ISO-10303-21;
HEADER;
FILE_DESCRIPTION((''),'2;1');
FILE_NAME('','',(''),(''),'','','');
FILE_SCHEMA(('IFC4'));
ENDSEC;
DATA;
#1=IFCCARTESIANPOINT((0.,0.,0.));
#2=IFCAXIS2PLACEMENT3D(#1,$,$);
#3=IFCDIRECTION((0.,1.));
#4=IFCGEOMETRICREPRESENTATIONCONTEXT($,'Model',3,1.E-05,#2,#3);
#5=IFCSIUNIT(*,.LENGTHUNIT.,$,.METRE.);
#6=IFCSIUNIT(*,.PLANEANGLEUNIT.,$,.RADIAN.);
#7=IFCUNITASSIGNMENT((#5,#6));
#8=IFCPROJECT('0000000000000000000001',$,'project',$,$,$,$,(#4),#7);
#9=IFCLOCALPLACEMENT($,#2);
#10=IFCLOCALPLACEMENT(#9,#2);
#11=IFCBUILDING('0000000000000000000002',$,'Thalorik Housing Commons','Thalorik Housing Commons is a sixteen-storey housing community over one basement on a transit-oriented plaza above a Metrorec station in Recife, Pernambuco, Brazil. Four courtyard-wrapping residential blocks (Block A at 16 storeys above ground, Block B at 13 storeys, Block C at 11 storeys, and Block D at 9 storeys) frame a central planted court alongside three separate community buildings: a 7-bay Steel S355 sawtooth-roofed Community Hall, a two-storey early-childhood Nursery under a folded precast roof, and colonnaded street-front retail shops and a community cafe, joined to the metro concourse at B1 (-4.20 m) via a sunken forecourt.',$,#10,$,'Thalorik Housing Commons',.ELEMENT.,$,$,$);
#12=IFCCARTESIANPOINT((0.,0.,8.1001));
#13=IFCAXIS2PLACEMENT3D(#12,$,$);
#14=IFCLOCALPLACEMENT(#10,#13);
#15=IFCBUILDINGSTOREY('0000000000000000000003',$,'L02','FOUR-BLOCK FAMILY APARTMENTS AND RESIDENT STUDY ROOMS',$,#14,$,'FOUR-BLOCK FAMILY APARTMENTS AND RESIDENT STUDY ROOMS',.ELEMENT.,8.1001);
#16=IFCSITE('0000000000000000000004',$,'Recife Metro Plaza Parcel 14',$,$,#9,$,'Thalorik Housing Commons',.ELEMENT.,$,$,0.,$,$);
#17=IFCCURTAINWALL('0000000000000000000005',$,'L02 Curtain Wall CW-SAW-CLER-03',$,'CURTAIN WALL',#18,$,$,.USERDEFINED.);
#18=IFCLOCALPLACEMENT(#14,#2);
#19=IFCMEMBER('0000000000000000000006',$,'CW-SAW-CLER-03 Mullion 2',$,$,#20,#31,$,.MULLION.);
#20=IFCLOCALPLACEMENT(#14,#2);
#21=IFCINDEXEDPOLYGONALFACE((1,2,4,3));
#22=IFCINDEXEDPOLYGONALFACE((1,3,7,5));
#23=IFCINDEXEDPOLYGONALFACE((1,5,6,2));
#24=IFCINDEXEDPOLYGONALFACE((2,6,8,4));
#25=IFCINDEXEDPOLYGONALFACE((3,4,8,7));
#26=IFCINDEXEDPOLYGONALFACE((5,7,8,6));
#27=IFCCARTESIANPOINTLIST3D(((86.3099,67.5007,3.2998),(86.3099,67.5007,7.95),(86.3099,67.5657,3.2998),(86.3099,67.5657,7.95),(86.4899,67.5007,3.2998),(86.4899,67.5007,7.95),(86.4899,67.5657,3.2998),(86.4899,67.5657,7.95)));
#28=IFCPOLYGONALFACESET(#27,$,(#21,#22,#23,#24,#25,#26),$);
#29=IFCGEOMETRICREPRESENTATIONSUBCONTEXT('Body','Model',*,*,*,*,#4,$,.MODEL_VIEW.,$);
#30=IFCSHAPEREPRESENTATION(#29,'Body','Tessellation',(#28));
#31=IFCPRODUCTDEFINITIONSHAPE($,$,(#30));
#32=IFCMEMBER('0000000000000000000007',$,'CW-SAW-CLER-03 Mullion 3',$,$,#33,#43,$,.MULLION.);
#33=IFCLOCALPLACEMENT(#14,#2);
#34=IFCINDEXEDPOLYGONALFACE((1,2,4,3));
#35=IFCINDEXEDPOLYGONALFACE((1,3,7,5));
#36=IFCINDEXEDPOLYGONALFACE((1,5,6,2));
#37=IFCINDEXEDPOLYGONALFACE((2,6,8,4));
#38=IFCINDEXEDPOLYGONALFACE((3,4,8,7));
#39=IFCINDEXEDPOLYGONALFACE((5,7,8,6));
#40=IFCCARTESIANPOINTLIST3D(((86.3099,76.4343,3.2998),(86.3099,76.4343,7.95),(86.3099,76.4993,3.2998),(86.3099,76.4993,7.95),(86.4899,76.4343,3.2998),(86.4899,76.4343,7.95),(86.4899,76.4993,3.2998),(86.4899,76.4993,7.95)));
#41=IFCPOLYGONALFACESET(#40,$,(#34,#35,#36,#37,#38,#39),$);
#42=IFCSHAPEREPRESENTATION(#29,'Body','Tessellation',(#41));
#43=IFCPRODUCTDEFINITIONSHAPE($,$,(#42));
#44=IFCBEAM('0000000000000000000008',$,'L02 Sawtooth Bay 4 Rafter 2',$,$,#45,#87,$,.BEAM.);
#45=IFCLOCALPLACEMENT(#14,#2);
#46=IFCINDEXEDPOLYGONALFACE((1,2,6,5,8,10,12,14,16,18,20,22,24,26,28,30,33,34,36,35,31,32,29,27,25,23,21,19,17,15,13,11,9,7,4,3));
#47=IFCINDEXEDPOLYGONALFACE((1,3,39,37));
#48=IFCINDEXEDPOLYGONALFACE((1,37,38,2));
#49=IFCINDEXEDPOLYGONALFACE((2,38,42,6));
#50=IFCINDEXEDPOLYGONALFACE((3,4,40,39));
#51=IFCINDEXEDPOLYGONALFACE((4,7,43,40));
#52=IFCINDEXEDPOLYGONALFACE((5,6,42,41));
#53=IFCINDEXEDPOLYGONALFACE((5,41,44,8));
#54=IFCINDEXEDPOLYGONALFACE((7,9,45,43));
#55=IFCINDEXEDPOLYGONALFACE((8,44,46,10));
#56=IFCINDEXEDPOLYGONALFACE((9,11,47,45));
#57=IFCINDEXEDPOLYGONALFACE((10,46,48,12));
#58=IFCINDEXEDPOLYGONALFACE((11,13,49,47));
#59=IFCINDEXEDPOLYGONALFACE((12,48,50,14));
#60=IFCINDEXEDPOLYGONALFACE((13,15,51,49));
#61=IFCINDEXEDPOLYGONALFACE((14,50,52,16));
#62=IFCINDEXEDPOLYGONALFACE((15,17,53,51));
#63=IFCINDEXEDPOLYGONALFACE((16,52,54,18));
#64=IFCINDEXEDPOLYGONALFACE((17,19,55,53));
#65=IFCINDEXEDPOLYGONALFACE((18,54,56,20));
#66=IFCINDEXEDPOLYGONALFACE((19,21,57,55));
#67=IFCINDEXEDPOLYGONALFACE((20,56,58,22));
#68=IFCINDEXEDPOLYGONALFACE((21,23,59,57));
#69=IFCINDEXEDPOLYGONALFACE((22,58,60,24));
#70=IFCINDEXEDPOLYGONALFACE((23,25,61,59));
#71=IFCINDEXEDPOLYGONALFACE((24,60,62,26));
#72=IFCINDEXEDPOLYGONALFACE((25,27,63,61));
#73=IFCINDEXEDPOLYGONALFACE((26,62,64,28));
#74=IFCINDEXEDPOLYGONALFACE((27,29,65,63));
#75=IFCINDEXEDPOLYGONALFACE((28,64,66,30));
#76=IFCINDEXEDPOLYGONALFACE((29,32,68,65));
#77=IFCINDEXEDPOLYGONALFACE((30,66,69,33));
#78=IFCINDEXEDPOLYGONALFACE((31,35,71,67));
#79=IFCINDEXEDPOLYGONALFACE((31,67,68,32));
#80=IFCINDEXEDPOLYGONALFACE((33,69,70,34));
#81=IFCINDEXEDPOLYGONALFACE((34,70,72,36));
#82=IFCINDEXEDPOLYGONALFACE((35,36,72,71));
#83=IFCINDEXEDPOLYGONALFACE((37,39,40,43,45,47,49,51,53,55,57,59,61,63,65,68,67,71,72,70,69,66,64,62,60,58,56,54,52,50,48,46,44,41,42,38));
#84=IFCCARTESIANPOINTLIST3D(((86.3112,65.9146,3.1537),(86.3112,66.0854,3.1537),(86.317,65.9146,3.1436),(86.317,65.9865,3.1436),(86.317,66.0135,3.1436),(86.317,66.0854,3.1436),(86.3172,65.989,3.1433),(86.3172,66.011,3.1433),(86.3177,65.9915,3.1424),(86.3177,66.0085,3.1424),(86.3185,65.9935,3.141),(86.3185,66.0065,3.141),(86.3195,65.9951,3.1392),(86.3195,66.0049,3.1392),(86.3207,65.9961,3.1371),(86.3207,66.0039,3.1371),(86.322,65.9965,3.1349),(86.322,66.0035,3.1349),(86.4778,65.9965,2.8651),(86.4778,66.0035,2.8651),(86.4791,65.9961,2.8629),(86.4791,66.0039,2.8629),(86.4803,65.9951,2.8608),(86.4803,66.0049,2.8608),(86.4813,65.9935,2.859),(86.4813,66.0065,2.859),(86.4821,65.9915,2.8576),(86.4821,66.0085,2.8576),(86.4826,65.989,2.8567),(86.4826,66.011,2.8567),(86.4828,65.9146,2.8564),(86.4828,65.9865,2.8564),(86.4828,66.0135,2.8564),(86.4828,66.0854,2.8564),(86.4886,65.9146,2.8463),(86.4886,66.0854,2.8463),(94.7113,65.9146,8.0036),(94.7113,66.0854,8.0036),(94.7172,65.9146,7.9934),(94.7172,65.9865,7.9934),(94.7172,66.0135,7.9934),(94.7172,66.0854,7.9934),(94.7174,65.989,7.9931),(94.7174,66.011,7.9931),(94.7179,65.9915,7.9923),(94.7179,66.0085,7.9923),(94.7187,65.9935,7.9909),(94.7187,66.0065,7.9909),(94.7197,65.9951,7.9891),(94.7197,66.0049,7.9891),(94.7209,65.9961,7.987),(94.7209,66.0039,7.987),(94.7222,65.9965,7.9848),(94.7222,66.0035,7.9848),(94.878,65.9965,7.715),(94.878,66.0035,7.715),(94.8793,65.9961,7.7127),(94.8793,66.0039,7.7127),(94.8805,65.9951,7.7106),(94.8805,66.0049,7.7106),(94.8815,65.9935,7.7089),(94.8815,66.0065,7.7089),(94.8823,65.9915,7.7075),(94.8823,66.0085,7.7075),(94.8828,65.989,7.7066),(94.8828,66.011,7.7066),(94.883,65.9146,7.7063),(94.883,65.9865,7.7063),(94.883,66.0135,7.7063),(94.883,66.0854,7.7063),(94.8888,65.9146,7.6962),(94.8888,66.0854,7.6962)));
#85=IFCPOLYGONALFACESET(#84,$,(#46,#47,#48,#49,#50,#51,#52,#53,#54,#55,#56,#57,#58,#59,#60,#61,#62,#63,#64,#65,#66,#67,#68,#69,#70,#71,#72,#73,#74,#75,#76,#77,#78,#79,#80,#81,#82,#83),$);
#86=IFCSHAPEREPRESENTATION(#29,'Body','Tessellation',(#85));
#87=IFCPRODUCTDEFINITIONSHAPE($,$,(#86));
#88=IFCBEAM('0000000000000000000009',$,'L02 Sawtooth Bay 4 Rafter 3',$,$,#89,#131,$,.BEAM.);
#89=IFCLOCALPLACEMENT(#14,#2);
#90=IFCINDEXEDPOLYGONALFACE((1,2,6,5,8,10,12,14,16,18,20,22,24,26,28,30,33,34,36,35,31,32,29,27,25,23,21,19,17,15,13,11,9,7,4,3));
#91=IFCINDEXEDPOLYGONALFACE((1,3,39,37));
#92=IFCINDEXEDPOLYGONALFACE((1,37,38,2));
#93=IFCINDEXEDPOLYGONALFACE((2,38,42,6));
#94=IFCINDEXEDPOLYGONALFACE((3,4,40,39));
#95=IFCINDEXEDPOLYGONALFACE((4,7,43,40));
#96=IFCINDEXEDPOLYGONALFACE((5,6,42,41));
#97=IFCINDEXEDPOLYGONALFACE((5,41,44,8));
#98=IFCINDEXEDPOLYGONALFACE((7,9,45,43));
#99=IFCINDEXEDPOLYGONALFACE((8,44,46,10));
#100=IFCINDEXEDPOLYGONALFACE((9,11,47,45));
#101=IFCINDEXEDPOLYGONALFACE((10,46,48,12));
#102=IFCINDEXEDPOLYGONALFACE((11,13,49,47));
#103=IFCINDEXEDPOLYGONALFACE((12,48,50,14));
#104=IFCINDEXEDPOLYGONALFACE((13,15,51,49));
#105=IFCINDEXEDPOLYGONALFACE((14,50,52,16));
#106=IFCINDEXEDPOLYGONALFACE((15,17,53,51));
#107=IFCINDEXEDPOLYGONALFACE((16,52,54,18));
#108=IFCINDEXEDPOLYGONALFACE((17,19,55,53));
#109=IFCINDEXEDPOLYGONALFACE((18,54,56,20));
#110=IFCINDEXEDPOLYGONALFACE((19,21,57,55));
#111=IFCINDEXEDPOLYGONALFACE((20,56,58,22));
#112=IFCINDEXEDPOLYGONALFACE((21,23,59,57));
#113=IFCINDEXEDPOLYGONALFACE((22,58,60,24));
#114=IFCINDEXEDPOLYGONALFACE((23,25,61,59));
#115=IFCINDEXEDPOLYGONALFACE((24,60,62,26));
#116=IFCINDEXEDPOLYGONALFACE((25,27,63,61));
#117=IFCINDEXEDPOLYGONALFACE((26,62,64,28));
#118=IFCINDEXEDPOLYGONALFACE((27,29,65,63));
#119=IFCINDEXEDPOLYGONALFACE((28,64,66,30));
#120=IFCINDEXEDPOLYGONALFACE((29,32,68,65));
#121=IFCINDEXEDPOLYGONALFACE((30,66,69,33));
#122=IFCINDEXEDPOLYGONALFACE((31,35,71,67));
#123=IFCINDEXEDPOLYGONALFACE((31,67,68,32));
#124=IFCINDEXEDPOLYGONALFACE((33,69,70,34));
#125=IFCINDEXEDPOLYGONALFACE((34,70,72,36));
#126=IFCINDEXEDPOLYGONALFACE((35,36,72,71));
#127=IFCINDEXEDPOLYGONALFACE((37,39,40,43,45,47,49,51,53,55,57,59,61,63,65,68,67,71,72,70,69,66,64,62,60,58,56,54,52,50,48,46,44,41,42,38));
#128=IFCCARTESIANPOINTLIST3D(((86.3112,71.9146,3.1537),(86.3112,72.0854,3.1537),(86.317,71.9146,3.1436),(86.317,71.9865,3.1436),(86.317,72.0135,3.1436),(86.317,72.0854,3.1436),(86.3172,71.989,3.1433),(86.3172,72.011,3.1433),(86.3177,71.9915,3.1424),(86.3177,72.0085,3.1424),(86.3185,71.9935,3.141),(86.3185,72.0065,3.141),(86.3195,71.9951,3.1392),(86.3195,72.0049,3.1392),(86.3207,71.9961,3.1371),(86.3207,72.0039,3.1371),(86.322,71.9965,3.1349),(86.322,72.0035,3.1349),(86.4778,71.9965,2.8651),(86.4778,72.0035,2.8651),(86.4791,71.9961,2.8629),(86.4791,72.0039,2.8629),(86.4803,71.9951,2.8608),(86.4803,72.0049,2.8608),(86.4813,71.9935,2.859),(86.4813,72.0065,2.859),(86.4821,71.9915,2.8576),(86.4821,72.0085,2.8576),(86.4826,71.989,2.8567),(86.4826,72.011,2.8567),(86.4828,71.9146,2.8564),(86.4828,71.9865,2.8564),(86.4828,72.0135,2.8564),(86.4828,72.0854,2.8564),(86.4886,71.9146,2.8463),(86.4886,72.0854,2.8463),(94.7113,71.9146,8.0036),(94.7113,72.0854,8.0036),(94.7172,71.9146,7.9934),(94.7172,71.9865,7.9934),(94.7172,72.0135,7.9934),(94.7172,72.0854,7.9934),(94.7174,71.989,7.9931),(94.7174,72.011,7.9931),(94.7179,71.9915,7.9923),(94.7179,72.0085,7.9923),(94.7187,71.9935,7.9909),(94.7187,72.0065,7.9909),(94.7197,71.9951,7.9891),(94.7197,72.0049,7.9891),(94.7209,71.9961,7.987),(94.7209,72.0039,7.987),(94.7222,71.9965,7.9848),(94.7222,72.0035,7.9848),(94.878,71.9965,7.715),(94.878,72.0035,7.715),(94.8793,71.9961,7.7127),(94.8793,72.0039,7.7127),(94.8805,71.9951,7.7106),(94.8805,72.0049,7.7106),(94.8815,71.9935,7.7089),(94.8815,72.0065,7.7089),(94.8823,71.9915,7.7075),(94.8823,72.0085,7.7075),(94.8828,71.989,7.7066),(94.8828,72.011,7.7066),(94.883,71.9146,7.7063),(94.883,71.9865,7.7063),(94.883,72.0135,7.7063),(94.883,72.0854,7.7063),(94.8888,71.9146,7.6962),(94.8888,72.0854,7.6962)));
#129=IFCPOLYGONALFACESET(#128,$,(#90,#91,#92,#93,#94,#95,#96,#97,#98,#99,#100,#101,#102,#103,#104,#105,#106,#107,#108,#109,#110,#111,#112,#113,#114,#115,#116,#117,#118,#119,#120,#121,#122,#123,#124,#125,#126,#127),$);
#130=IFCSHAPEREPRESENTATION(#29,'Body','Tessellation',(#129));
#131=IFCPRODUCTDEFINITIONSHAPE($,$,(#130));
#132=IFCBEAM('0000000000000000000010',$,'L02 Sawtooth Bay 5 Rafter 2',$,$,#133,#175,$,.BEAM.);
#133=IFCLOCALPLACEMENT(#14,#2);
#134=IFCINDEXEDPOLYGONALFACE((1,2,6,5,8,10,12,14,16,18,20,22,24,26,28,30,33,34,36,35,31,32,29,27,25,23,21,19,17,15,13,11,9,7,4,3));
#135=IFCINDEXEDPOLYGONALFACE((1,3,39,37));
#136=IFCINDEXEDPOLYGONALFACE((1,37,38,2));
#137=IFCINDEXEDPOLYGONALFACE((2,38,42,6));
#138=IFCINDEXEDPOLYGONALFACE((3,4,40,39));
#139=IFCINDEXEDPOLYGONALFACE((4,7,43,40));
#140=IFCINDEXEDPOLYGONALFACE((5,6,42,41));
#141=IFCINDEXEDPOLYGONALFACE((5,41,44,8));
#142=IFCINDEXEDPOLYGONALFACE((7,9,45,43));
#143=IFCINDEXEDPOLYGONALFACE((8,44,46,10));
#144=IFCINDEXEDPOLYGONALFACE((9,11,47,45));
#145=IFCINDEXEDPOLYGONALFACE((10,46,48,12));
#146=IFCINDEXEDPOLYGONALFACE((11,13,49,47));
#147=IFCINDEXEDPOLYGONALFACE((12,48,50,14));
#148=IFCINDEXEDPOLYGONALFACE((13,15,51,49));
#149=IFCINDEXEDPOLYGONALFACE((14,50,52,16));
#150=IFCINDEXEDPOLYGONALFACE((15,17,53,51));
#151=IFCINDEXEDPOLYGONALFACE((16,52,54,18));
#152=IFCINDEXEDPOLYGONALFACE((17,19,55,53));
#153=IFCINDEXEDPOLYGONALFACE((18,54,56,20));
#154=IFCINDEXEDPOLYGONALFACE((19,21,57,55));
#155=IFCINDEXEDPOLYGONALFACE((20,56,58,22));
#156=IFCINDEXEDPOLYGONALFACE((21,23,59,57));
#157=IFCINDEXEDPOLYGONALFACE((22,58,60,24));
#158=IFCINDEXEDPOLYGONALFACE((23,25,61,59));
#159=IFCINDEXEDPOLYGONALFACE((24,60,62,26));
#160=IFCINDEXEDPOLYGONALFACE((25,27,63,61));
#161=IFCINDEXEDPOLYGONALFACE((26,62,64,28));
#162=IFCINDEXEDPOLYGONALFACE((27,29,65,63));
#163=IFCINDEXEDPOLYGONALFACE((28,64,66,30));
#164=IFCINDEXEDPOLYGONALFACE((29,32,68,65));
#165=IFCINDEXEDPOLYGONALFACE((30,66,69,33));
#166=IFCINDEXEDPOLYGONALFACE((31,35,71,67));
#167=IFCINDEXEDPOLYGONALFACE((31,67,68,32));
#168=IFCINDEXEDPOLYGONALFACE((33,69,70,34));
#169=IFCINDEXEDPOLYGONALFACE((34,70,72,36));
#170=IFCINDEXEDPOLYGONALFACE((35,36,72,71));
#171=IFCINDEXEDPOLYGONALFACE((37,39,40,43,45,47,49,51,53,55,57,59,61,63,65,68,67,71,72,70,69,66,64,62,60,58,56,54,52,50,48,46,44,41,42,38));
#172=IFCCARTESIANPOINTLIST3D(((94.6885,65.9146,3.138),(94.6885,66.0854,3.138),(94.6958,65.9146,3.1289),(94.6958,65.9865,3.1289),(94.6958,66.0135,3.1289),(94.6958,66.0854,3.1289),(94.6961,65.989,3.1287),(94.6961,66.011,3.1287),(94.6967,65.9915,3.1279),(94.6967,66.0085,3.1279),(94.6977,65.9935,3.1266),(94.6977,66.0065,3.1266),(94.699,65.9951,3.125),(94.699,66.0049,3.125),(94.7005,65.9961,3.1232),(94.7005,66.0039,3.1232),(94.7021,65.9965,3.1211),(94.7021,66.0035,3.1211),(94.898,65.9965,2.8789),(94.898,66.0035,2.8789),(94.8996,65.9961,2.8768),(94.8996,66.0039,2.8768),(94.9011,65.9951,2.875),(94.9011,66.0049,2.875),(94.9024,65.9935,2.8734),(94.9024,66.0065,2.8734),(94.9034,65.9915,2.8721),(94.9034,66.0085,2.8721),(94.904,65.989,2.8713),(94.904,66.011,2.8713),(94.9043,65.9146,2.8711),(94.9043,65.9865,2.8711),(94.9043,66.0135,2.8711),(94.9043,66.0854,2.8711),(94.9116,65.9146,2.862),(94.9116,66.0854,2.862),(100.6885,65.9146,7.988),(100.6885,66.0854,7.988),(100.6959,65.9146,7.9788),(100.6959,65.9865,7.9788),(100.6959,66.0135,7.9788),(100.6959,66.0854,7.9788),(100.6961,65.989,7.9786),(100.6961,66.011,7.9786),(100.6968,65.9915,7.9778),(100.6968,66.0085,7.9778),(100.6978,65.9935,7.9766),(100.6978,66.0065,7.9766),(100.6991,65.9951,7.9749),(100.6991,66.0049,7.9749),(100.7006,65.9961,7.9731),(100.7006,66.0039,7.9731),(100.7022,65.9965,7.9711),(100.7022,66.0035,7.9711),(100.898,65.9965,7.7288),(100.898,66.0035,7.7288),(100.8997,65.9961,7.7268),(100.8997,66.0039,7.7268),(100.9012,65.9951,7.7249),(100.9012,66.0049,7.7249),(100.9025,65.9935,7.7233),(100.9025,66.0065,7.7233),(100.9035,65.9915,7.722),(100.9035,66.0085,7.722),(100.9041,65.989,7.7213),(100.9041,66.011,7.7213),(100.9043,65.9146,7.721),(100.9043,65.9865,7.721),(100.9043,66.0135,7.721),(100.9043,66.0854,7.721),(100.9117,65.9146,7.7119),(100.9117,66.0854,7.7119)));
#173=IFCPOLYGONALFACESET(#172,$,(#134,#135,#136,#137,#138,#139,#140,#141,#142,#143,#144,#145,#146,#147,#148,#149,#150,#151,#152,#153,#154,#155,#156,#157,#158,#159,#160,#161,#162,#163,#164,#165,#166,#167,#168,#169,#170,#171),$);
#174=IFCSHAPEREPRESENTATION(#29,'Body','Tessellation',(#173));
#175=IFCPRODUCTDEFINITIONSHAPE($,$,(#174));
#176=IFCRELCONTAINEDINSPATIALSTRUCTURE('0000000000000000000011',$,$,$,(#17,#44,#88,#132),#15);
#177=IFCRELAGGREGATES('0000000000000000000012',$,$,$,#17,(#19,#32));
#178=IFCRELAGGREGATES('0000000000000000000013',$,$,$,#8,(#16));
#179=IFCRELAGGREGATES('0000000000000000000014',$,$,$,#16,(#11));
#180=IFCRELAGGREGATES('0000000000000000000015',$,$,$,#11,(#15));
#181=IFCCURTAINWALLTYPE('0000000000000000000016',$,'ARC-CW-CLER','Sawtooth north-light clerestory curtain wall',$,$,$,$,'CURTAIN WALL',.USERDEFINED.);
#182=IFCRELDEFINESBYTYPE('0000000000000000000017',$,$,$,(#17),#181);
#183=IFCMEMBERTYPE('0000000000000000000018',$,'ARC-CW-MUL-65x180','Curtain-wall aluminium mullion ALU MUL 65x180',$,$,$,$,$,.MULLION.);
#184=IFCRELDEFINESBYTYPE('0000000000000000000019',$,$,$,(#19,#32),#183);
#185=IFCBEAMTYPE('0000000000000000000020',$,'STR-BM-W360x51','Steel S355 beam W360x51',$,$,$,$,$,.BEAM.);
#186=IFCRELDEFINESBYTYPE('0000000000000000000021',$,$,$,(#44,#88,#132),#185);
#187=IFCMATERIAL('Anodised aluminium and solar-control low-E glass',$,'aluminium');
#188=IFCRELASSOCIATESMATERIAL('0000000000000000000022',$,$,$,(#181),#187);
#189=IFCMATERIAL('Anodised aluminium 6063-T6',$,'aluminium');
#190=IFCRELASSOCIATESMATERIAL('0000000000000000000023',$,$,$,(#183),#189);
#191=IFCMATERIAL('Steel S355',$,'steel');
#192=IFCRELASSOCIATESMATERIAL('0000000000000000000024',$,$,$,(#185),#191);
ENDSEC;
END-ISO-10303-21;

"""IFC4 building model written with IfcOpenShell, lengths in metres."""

from ifc_helpers import new_model, si_unit, direction, frame, origin, origin_2d, place, context, subcontext, project, spatial, rectangle, i_section, extrude, material, material_profile, profile_set, type_object, element, aggregate, save


model = new_model("IFC4")

# Units and contexts
model_context = context("Model", 3, precision=1e-05, world=origin(), true_north=direction((0.0, 1.0)))
body_context = subcontext(model_context, "Body", "Model", "MODEL_VIEW")
ifc_project = project(units=[si_unit("LENGTHUNIT", "METRE"), si_unit("PLANEANGLEUNIT", "RADIAN")], contexts=[model_context])

# Site, building, storey
site_placement = place(None, origin())
site = spatial("IfcSite", under=ifc_project, at=site_placement, Name="Recife Metro Plaza Parcel 14", LongName="Thalorik Housing Commons", CompositionType="ELEMENT", RefElevation=0.0)
building_placement = place(site_placement, origin())
building = spatial("IfcBuilding", under=site, at=building_placement, Name="Thalorik Housing Commons", Description="Thalorik Housing Commons is a sixteen-storey housing community over one basement on a transit-oriented plaza above a Metrorec station in Recife, Pernambuco, Brazil. Four courtyard-wrapping residential blocks (Block A at 16 storeys above ground, Block B at 13 storeys, Block C at 11 storeys, and Block D at 9 storeys) frame a central planted court alongside three separate community buildings: a 7-bay Steel S355 sawtooth-roofed Community Hall, a two-storey early-childhood Nursery under a folded precast roof, and colonnaded street-front retail shops and a community cafe, joined to the metro concourse at B1 (-4.20 m) via a sunken forecourt.", LongName="Thalorik Housing Commons", CompositionType="ELEMENT")
storey_placement = place(building_placement, frame((0.0, 0.0, 8.1001)))
storey = spatial("IfcBuildingStorey", under=building, at=storey_placement, Name="L02", Description="FOUR-BLOCK FAMILY APARTMENTS AND RESIDENT STUDY ROOMS", LongName="FOUR-BLOCK FAMILY APARTMENTS AND RESIDENT STUDY ROOMS", CompositionType="ELEMENT", Elevation=8.1001)

# Curtain wall, members
ifc_material_1 = material(Name="Anodised aluminium and solar-control low-E glass", Category="aluminium")
curtain_wall_type = type_object("IfcCurtainWallType", Name="ARC-CW-CLER", Description="Sawtooth north-light clerestory curtain wall", ElementType="CURTAIN WALL", PredefinedType="USERDEFINED", material=ifc_material_1)
curtain_wall_1_placement = place(storey_placement, origin())
curtain_wall_1 = element("IfcCurtainWall", 1, at=curtain_wall_1_placement, inside=storey, type_object=curtain_wall_type, Name="L02 Curtain Wall CW-SAW-CLER-03", ObjectType="CURTAIN WALL", PredefinedType="USERDEFINED")
ifc_material_2 = material(Name="Anodised aluminium 6063-T6", Category="aluminium")
ifc_material_profile_1 = material_profile(ifc_material_2, rectangle(XDim=0.0649, YDim=0.1799, at=origin_2d()), Name="ALU MUL 65x180", Category="aluminium")
ifc_profile_set_1 = profile_set([ifc_material_profile_1], Name="Anodised aluminium 6063-T6")
member_type_1 = type_object("IfcMemberType", Name="ARC-CW-MUL-65x180", Description="Curtain-wall aluminium mullion ALU MUL 65x180", PredefinedType="MULLION", material=ifc_profile_set_1)
member_1_placement = place(storey_placement, frame((86.3999, 67.5332, 3.2998), z_axis=(0.0, 0.0, 1.0), x_axis=(0.0, 1.0, 0.0)))
member_1 = element("IfcMember", 2, at=member_1_placement, type_object=member_type_1, Name="CW-SAW-CLER-03 Mullion 2", PredefinedType="MULLION", context=body_context, shape_type="SweptSolid", body=[
    extrude(rectangle(XDim=0.0649, YDim=0.1799, at=origin_2d()), origin(), (0.0, 0.0, 1.0), 4.6501),
])
member_2_placement = place(storey_placement, frame((86.3999, 76.4668, 3.2998), z_axis=(0.0, 0.0, 1.0), x_axis=(0.0, 1.0, 0.0)))
member_2 = element("IfcMember", 3, at=member_2_placement, type_object=member_type_1, Name="CW-SAW-CLER-03 Mullion 3", PredefinedType="MULLION", context=body_context, shape_type="SweptSolid", body=[
    extrude(rectangle(XDim=0.0649, YDim=0.1799, at=origin_2d()), origin(), (0.0, 0.0, 1.0), 4.6501),
])

# Beams
ifc_material_3 = material(Name="Steel S355", Category="steel")
ifc_material_profile_2 = material_profile(ifc_material_3, i_section(OverallWidth=0.1709, OverallDepth=0.355, WebThickness=0.0071, FlangeThickness=0.0117, FilletRadius=0.01, at=origin_2d()), Name="W360x51", Category="steel")
ifc_profile_set_2 = profile_set([ifc_material_profile_2], Name="Steel S355")
beam_type = type_object("IfcBeamType", Name="STR-BM-W360x51", Description="Steel S355 beam W360x51", PredefinedType="BEAM", material=ifc_profile_set_2)
for number, where, z_axis, x_axis, name in (
    (4, (86.3999, 66.0, 3.0), (0.866024, 0.0, 0.500002), (0.0, 1.0, 0.0), "L02 Sawtooth Bay 4 Rafter 2"),
    (5, (86.3999, 72.0, 3.0), (0.866024, 0.0, 0.500002), (0.0, 1.0, 0.0), "L02 Sawtooth Bay 4 Rafter 3"),
):
    element("IfcBeam", number, at=place(storey_placement, frame(where, z_axis=z_axis, x_axis=x_axis)), inside=storey, type_object=beam_type, Name=name, PredefinedType="BEAM", context=body_context, shape_type="SweptSolid", body=[
        extrude(i_section(OverallWidth=0.1709, OverallDepth=0.355, WebThickness=0.0071, FlangeThickness=0.0117, FilletRadius=0.01, at=origin_2d()), origin(), (0.0, 0.0, 1.0), 9.6997),
    ])
beam_placement = place(storey_placement, frame((94.8, 66.0, 3.0), z_axis=(0.777707, 0.0, 0.628627), x_axis=(0.0, 1.0, 0.0)))
element("IfcBeam", 6, at=beam_placement, inside=storey, type_object=beam_type, Name="L02 Sawtooth Bay 5 Rafter 2", PredefinedType="BEAM", context=body_context, shape_type="SweptSolid", body=[
    extrude(i_section(OverallWidth=0.1709, OverallDepth=0.355, WebThickness=0.0071, FlangeThickness=0.0117, FilletRadius=0.01, at=origin_2d()), origin(), (0.0, 0.0, 1.0), 7.7151),
])

aggregate(curtain_wall_1, [member_1, member_2])

save(model, "model.ifc")
